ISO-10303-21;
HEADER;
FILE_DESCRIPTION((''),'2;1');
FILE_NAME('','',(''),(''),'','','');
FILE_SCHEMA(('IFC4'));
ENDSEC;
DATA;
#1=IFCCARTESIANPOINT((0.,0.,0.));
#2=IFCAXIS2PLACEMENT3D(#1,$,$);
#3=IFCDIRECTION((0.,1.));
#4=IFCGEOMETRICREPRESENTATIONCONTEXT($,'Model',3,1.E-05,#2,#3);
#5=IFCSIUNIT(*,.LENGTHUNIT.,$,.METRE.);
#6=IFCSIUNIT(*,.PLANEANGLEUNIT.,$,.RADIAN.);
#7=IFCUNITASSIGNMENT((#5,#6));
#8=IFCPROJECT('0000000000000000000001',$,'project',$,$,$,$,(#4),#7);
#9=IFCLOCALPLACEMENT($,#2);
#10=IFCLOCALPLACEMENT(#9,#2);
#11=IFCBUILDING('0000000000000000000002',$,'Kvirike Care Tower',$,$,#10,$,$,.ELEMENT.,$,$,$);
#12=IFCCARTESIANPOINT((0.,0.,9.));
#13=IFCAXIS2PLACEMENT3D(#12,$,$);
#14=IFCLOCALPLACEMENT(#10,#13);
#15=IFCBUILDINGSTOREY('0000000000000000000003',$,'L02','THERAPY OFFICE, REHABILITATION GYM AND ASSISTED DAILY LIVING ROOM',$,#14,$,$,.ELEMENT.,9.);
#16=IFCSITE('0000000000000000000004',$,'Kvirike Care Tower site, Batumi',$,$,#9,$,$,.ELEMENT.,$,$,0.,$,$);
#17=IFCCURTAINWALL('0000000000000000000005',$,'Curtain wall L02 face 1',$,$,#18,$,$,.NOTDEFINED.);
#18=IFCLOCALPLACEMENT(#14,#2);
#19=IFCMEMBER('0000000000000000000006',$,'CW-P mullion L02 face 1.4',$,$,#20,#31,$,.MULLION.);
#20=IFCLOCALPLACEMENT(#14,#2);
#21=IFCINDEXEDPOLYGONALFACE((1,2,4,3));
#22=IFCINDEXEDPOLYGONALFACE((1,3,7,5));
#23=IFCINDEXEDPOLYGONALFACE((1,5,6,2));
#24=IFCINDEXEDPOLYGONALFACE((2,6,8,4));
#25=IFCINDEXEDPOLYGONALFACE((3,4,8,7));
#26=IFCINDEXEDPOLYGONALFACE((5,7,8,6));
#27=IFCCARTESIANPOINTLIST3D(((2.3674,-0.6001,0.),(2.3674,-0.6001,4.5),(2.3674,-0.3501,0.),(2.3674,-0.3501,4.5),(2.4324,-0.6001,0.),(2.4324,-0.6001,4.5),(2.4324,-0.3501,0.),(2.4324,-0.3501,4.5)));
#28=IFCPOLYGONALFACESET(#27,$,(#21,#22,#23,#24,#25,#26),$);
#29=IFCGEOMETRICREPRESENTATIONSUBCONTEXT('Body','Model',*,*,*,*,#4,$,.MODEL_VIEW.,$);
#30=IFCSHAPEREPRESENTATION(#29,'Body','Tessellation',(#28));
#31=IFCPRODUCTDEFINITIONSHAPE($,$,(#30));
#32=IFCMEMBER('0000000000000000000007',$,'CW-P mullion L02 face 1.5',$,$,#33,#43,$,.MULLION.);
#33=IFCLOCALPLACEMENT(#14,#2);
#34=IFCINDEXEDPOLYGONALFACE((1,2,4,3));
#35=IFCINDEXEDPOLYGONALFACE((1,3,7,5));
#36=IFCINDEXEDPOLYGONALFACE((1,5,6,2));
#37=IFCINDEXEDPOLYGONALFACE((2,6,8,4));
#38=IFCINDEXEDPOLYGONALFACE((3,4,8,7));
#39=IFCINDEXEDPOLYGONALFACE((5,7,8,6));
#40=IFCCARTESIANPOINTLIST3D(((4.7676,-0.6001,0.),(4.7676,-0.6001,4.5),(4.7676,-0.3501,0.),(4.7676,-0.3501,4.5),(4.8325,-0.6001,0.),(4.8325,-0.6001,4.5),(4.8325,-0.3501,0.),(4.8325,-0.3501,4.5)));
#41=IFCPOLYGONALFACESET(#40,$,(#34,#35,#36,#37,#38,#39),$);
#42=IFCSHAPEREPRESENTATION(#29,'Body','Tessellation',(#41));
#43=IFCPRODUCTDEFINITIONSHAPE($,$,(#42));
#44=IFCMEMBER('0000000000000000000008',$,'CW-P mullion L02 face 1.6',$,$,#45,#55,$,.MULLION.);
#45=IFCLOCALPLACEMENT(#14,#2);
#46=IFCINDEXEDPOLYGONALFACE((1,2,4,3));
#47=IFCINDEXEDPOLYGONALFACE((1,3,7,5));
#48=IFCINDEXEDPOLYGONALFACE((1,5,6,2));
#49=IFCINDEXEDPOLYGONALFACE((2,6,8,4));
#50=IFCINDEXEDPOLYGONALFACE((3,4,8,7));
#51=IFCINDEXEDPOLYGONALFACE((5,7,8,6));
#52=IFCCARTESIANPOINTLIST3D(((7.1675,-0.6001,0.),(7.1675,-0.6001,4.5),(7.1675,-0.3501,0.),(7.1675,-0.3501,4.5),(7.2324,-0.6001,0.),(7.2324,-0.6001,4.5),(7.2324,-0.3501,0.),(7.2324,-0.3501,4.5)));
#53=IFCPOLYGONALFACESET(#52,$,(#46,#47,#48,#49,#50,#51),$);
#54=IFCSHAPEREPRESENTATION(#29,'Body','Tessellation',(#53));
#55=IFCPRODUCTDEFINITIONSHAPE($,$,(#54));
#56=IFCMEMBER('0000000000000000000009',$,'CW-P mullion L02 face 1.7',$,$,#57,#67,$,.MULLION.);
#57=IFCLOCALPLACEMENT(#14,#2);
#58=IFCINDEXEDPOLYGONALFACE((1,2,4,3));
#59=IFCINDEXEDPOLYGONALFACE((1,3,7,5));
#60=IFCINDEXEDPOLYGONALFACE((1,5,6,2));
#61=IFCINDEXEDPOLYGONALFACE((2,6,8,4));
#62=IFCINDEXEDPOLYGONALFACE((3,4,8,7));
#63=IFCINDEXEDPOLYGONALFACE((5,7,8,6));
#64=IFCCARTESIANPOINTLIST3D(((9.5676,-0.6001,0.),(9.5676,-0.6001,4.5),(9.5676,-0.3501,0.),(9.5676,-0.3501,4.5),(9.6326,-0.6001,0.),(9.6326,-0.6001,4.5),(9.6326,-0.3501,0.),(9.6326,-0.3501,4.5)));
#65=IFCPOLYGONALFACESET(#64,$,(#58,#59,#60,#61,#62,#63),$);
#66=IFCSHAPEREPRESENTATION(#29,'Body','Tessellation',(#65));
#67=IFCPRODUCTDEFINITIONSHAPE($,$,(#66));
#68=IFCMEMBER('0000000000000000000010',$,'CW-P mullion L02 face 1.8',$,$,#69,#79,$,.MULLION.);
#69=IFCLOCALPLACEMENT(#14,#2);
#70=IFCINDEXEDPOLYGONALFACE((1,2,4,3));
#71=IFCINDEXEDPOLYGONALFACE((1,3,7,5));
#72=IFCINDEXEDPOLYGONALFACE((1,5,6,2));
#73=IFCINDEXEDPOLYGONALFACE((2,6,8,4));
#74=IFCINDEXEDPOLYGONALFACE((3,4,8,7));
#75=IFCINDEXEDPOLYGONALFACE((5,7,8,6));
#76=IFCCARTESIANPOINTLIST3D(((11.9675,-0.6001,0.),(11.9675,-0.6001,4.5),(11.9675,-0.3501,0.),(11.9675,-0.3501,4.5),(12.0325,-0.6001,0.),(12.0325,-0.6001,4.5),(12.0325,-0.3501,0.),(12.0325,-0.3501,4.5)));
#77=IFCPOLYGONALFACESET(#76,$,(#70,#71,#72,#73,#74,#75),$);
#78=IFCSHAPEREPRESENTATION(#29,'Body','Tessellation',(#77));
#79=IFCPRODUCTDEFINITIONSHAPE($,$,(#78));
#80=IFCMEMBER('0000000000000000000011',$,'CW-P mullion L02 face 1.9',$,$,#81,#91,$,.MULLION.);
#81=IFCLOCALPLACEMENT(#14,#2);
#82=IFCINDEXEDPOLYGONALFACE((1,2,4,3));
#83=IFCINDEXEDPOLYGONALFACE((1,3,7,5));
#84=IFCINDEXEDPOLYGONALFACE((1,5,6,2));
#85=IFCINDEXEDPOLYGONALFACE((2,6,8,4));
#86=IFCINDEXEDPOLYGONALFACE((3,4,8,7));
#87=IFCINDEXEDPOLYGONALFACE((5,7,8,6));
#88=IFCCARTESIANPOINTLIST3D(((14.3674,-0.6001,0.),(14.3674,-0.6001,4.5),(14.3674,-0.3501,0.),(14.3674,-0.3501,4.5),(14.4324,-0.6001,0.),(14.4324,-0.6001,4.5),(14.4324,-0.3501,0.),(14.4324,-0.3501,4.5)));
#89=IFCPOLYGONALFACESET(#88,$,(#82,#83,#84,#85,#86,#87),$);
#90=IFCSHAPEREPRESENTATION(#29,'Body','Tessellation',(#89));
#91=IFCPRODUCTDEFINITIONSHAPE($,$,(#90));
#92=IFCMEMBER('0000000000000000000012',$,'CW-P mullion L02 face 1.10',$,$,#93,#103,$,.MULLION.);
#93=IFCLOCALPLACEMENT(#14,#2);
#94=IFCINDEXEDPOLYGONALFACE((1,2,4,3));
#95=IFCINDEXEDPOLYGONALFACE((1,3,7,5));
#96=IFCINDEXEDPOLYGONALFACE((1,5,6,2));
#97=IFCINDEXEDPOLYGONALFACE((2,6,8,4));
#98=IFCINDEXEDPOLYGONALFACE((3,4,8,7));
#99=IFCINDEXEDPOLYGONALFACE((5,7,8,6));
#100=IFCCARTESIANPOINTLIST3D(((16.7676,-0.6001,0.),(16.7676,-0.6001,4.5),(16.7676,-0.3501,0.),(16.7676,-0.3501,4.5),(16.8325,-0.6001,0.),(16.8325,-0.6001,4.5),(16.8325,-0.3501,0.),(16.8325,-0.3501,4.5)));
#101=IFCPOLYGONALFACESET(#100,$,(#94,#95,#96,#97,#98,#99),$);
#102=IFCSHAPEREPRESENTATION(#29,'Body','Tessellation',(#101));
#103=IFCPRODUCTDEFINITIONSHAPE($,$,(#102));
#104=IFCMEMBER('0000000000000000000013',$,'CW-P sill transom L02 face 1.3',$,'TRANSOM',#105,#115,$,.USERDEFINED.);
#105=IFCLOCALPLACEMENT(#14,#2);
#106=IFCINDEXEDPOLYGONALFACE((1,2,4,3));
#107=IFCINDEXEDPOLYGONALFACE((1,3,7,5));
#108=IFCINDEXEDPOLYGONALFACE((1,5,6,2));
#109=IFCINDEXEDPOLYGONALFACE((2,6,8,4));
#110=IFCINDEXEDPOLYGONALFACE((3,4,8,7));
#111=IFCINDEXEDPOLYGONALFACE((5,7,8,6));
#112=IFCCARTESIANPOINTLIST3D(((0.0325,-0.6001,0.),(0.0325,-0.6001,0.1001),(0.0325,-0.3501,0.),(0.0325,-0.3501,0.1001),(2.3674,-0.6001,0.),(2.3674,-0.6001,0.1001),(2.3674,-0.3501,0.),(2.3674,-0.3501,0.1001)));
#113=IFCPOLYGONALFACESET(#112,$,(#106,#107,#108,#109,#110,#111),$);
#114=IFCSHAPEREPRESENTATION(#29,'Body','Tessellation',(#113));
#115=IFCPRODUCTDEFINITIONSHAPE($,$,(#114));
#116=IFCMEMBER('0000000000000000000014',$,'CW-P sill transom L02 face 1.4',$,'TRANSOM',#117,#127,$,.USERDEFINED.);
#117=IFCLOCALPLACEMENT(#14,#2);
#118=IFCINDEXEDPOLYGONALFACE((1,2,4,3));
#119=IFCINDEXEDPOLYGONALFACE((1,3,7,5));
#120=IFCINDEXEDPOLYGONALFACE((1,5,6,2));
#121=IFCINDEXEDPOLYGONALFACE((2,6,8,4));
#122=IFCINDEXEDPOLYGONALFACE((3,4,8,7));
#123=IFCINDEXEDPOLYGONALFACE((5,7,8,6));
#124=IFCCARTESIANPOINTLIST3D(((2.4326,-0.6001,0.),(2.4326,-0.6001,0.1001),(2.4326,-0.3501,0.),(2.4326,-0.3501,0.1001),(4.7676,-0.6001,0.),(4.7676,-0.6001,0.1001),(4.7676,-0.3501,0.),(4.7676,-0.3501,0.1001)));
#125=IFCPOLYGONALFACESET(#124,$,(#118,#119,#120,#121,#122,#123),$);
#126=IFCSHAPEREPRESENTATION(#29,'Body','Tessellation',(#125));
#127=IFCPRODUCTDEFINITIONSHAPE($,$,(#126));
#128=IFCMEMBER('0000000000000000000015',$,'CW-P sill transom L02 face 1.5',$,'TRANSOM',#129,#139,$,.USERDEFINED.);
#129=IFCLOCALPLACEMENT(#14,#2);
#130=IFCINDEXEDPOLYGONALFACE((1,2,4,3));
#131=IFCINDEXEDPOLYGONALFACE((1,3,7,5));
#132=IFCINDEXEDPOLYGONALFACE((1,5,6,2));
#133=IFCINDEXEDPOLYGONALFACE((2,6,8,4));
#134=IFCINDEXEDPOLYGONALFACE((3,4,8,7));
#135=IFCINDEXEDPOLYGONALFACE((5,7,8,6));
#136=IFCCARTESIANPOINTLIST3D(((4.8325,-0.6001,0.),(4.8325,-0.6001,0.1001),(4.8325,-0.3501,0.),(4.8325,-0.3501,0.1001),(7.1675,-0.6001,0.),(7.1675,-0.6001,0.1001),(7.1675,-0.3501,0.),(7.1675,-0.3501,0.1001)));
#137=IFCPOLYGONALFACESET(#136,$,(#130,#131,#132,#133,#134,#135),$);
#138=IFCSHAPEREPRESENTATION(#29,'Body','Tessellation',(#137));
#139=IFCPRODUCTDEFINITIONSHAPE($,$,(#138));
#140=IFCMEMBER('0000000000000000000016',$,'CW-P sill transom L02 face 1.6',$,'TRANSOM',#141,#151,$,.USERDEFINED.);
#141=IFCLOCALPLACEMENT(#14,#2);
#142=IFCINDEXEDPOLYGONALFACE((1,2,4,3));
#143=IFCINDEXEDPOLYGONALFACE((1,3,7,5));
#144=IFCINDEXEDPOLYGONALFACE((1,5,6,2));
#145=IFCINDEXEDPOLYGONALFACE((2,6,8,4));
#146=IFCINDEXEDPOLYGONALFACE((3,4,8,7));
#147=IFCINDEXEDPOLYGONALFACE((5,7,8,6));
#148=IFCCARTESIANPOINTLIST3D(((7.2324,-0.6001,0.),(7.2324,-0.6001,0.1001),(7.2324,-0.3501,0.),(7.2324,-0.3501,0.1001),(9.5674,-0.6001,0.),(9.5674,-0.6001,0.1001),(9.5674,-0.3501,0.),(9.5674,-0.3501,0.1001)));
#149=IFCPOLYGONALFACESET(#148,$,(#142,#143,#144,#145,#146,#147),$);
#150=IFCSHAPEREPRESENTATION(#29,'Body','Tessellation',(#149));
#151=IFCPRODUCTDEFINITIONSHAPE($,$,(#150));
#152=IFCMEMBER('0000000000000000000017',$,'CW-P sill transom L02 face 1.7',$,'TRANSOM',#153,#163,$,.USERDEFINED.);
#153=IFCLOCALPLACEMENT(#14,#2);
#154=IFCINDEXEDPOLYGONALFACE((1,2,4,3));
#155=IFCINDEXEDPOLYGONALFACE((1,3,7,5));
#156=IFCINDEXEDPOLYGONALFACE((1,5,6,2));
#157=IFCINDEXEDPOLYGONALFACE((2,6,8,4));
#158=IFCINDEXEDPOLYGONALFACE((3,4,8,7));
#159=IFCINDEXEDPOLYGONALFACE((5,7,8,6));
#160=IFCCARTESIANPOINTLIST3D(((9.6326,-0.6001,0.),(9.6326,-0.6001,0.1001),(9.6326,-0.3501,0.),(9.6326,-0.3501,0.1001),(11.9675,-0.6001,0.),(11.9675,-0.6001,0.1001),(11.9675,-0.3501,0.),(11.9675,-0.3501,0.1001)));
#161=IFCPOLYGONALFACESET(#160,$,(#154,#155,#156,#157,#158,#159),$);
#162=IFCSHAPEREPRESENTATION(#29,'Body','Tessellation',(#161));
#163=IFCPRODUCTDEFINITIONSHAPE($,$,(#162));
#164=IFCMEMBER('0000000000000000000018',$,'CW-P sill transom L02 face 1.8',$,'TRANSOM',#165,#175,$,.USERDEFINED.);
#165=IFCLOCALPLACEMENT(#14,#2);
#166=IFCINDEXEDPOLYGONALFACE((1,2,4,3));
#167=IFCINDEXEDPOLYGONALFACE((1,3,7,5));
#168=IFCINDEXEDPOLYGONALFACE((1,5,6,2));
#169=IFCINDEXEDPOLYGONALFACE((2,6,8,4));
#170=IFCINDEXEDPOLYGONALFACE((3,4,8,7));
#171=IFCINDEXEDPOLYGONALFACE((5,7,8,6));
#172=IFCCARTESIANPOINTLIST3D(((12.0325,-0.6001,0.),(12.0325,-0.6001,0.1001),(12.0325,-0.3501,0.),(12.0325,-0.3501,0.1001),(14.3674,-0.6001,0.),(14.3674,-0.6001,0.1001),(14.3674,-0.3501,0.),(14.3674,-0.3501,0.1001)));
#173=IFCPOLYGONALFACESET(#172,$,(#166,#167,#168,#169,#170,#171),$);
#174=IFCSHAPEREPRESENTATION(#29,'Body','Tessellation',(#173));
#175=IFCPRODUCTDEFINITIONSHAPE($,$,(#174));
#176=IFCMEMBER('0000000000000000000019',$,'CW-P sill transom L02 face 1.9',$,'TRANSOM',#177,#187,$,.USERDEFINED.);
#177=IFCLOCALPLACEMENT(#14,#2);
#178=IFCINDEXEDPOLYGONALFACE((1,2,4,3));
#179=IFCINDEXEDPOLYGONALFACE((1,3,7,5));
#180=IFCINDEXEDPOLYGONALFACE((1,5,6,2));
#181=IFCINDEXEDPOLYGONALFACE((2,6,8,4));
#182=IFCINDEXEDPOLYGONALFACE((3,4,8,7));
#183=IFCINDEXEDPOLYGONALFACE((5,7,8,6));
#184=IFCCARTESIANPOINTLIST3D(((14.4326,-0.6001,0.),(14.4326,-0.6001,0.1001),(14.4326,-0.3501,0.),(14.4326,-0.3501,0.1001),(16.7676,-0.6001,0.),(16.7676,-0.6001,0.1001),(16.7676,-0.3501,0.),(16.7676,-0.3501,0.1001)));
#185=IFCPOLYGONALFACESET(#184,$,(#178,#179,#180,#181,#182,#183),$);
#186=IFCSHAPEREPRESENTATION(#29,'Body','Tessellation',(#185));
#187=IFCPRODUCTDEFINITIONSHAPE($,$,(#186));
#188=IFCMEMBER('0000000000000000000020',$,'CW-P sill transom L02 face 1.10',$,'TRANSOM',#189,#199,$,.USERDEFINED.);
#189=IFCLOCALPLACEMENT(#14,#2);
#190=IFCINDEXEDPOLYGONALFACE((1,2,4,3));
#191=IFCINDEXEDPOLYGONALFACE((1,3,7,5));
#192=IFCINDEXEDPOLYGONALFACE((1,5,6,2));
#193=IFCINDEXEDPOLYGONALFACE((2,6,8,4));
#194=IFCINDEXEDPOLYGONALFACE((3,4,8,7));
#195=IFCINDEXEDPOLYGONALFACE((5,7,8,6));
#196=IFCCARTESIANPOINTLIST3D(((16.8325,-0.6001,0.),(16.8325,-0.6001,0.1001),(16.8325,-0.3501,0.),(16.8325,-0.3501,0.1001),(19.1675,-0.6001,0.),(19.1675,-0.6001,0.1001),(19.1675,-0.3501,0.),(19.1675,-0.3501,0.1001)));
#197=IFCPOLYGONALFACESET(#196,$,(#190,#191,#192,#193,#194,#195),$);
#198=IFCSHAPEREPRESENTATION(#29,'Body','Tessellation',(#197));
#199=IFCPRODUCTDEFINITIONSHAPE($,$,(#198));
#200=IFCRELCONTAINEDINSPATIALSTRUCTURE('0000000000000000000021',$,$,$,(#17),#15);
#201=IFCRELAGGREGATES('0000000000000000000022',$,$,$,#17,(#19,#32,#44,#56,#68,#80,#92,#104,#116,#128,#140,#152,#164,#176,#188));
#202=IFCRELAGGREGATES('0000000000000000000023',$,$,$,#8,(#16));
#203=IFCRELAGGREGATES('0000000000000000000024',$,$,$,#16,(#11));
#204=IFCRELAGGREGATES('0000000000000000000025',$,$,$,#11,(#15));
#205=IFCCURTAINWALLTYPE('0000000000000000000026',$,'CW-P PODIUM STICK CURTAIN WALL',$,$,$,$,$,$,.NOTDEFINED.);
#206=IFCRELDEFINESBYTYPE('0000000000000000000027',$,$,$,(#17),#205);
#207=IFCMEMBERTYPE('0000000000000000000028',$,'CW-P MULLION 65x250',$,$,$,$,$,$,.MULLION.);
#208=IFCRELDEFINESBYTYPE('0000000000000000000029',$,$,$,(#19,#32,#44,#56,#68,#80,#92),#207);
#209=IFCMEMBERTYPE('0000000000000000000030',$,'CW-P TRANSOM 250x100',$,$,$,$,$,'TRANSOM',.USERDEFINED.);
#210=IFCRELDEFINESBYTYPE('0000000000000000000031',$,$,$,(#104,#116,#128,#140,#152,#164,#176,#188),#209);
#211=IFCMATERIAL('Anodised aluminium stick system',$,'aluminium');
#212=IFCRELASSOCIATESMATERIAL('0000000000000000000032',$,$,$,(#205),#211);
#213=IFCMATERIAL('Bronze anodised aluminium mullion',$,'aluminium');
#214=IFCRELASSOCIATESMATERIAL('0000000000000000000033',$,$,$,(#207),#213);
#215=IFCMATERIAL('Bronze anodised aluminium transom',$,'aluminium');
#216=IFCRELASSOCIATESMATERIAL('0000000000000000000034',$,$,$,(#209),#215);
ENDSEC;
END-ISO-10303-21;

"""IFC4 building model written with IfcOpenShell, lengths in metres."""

from ifc_helpers import new_model, si_unit, direction, frame, origin, origin_2d, place, context, subcontext, project, spatial, rectangle, extrude, material, material_profile, profile_set, type_object, element, aggregate, save


model = new_model("IFC4")

# Units and contexts
model_context = context("Model", 3, precision=1e-05, world=origin(), true_north=direction((0.0, 1.0)))
body_context = subcontext(model_context, "Body", "Model", "MODEL_VIEW")
ifc_project = project(units=[si_unit("LENGTHUNIT", "METRE"), si_unit("PLANEANGLEUNIT", "RADIAN")], contexts=[model_context])

# Site, building, storey
site_placement = place(None, origin())
site = spatial("IfcSite", under=ifc_project, at=site_placement, Name="Kvirike Care Tower site, Batumi", CompositionType="ELEMENT", RefElevation=0.0)
building_placement = place(site_placement, origin())
building = spatial("IfcBuilding", under=site, at=building_placement, Name="Kvirike Care Tower", CompositionType="ELEMENT")
storey_placement = place(building_placement, frame((0.0, 0.0, 9.0)))
storey = spatial("IfcBuildingStorey", under=building, at=storey_placement, Name="L02", Description="THERAPY OFFICE, REHABILITATION GYM AND ASSISTED DAILY LIVING ROOM", CompositionType="ELEMENT", Elevation=9.0)

# Curtain wall, members
ifc_material_1 = material(Name="Anodised aluminium stick system", Category="aluminium")
curtain_wall_type = type_object("IfcCurtainWallType", Name="CW-P PODIUM STICK CURTAIN WALL", PredefinedType="NOTDEFINED", material=ifc_material_1)
curtain_wall_placement = place(storey_placement, origin())
curtain_wall = element("IfcCurtainWall", 1, at=curtain_wall_placement, inside=storey, type_object=curtain_wall_type, Name="Curtain wall L02 face 1", PredefinedType="NOTDEFINED")
ifc_material_2 = material(Name="Bronze anodised aluminium mullion", Category="aluminium")
ifc_material_profile_1 = material_profile(ifc_material_2, rectangle(XDim=0.0649, YDim=0.25, at=origin_2d()), Name="CW-P MULLION 65x250")
ifc_profile_set_1 = profile_set([ifc_material_profile_1], Name="Bronze anodised aluminium mullion")
member_type_1 = type_object("IfcMemberType", Name="CW-P MULLION 65x250", PredefinedType="MULLION", material=ifc_profile_set_1)
member_1_placement = place(storey_placement, frame((2.3999, -0.4751, 0.0), z_axis=(0.0, 0.0, 1.0), x_axis=(1.0, 0.0, 0.0)))
member_1 = element("IfcMember", 2, at=member_1_placement, type_object=member_type_1, Name="CW-P mullion L02 face 1.4", PredefinedType="MULLION", context=body_context, shape_type="SweptSolid", body=[
    extrude(rectangle(XDim=0.0649, YDim=0.25, at=origin_2d()), origin(), (0.0, 0.0, 1.0), 4.5),
])
member_2_placement = place(storey_placement, frame((4.8, -0.4751, 0.0), z_axis=(0.0, 0.0, 1.0), x_axis=(1.0, 0.0, 0.0)))
member_2 = element("IfcMember", 3, at=member_2_placement, type_object=member_type_1, Name="CW-P mullion L02 face 1.5", PredefinedType="MULLION", context=body_context, shape_type="SweptSolid", body=[
    extrude(rectangle(XDim=0.0649, YDim=0.25, at=origin_2d()), origin(), (0.0, 0.0, 1.0), 4.5),
])
member_3_placement = place(storey_placement, frame((7.2, -0.4751, 0.0), z_axis=(0.0, 0.0, 1.0), x_axis=(1.0, 0.0, 0.0)))
member_3 = element("IfcMember", 4, at=member_3_placement, type_object=member_type_1, Name="CW-P mullion L02 face 1.6", PredefinedType="MULLION", context=body_context, shape_type="SweptSolid", body=[
    extrude(rectangle(XDim=0.0649, YDim=0.25, at=origin_2d()), origin(), (0.0, 0.0, 1.0), 4.5),
])
member_4_placement = place(storey_placement, frame((9.6001, -0.4751, 0.0), z_axis=(0.0, 0.0, 1.0), x_axis=(1.0, 0.0, 0.0)))
member_4 = element("IfcMember", 5, at=member_4_placement, type_object=member_type_1, Name="CW-P mullion L02 face 1.7", PredefinedType="MULLION", context=body_context, shape_type="SweptSolid", body=[
    extrude(rectangle(XDim=0.0649, YDim=0.25, at=origin_2d()), origin(), (0.0, 0.0, 1.0), 4.5),
])
member_5_placement = place(storey_placement, frame((12.0, -0.4751, 0.0), z_axis=(0.0, 0.0, 1.0), x_axis=(1.0, 0.0, 0.0)))
member_5 = element("IfcMember", 6, at=member_5_placement, type_object=member_type_1, Name="CW-P mullion L02 face 1.8", PredefinedType="MULLION", context=body_context, shape_type="SweptSolid", body=[
    extrude(rectangle(XDim=0.0649, YDim=0.25, at=origin_2d()), origin(), (0.0, 0.0, 1.0), 4.5),
])
member_6_placement = place(storey_placement, frame((14.3999, -0.4751, 0.0), z_axis=(0.0, 0.0, 1.0), x_axis=(1.0, 0.0, 0.0)))
member_6 = element("IfcMember", 7, at=member_6_placement, type_object=member_type_1, Name="CW-P mullion L02 face 1.9", PredefinedType="MULLION", context=body_context, shape_type="SweptSolid", body=[
    extrude(rectangle(XDim=0.0649, YDim=0.25, at=origin_2d()), origin(), (0.0, 0.0, 1.0), 4.5),
])
member_7_placement = place(storey_placement, frame((16.8, -0.4751, 0.0), z_axis=(0.0, 0.0, 1.0), x_axis=(1.0, 0.0, 0.0)))
member_7 = element("IfcMember", 8, at=member_7_placement, type_object=member_type_1, Name="CW-P mullion L02 face 1.10", PredefinedType="MULLION", context=body_context, shape_type="SweptSolid", body=[
    extrude(rectangle(XDim=0.0649, YDim=0.25, at=origin_2d()), origin(), (0.0, 0.0, 1.0), 4.5),
])
ifc_material_3 = material(Name="Bronze anodised aluminium transom", Category="aluminium")
ifc_material_profile_2 = material_profile(ifc_material_3, rectangle(XDim=0.25, YDim=0.1001, at=origin_2d()), Name="CW-P TRANSOM 250x100")
ifc_profile_set_2 = profile_set([ifc_material_profile_2], Name="Bronze anodised aluminium transom")
member_type_2 = type_object("IfcMemberType", Name="CW-P TRANSOM 250x100", ElementType="TRANSOM", PredefinedType="USERDEFINED", material=ifc_profile_set_2)
member_8_placement = place(storey_placement, frame((0.0325, -0.4751, 0.05), z_axis=(1.0, 0.0, 0.0), x_axis=(0.0, 1.0, 0.0)))
member_8 = element("IfcMember", 9, at=member_8_placement, type_object=member_type_2, Name="CW-P sill transom L02 face 1.3", ObjectType="TRANSOM", PredefinedType="USERDEFINED", context=body_context, shape_type="SweptSolid", body=[
    extrude(rectangle(XDim=0.25, YDim=0.1001, at=origin_2d()), origin(), (0.0, 0.0, 1.0), 2.335),
])
member_9_placement = place(storey_placement, frame((2.4326, -0.4751, 0.05), z_axis=(1.0, 0.0, 0.0), x_axis=(0.0, 1.0, 0.0)))
member_9 = element("IfcMember", 10, at=member_9_placement, type_object=member_type_2, Name="CW-P sill transom L02 face 1.4", ObjectType="TRANSOM", PredefinedType="USERDEFINED", context=body_context, shape_type="SweptSolid", body=[
    extrude(rectangle(XDim=0.25, YDim=0.1001, at=origin_2d()), origin(), (0.0, 0.0, 1.0), 2.335),
])
member_10_placement = place(storey_placement, frame((4.8325, -0.4751, 0.05), z_axis=(1.0, 0.0, 0.0), x_axis=(0.0, 1.0, 0.0)))
member_10 = element("IfcMember", 11, at=member_10_placement, type_object=member_type_2, Name="CW-P sill transom L02 face 1.5", ObjectType="TRANSOM", PredefinedType="USERDEFINED", context=body_context, shape_type="SweptSolid", body=[
    extrude(rectangle(XDim=0.25, YDim=0.1001, at=origin_2d()), origin(), (0.0, 0.0, 1.0), 2.335),
])
member_11_placement = place(storey_placement, frame((7.2324, -0.4751, 0.05), z_axis=(1.0, 0.0, 0.0), x_axis=(0.0, 1.0, 0.0)))
member_11 = element("IfcMember", 12, at=member_11_placement, type_object=member_type_2, Name="CW-P sill transom L02 face 1.6", ObjectType="TRANSOM", PredefinedType="USERDEFINED", context=body_context, shape_type="SweptSolid", body=[
    extrude(rectangle(XDim=0.25, YDim=0.1001, at=origin_2d()), origin(), (0.0, 0.0, 1.0), 2.335),
])
member_12_placement = place(storey_placement, frame((9.6326, -0.4751, 0.05), z_axis=(1.0, 0.0, 0.0), x_axis=(0.0, 1.0, 0.0)))
member_12 = element("IfcMember", 13, at=member_12_placement, type_object=member_type_2, Name="CW-P sill transom L02 face 1.7", ObjectType="TRANSOM", PredefinedType="USERDEFINED", context=body_context, shape_type="SweptSolid", body=[
    extrude(rectangle(XDim=0.25, YDim=0.1001, at=origin_2d()), origin(), (0.0, 0.0, 1.0), 2.335),
])
member_13_placement = place(storey_placement, frame((12.0325, -0.4751, 0.05), z_axis=(1.0, 0.0, 0.0), x_axis=(0.0, 1.0, 0.0)))
member_13 = element("IfcMember", 14, at=member_13_placement, type_object=member_type_2, Name="CW-P sill transom L02 face 1.8", ObjectType="TRANSOM", PredefinedType="USERDEFINED", context=body_context, shape_type="SweptSolid", body=[
    extrude(rectangle(XDim=0.25, YDim=0.1001, at=origin_2d()), origin(), (0.0, 0.0, 1.0), 2.335),
])
member_14_placement = place(storey_placement, frame((14.4326, -0.4751, 0.05), z_axis=(1.0, 0.0, 0.0), x_axis=(0.0, 1.0, 0.0)))
member_14 = element("IfcMember", 15, at=member_14_placement, type_object=member_type_2, Name="CW-P sill transom L02 face 1.9", ObjectType="TRANSOM", PredefinedType="USERDEFINED", context=body_context, shape_type="SweptSolid", body=[
    extrude(rectangle(XDim=0.25, YDim=0.1001, at=origin_2d()), origin(), (0.0, 0.0, 1.0), 2.335),
])
member_15_placement = place(storey_placement, frame((16.8325, -0.4751, 0.05), z_axis=(1.0, 0.0, 0.0), x_axis=(0.0, 1.0, 0.0)))
member_15 = element("IfcMember", 16, at=member_15_placement, type_object=member_type_2, Name="CW-P sill transom L02 face 1.10", ObjectType="TRANSOM", PredefinedType="USERDEFINED", context=body_context, shape_type="SweptSolid", body=[
    extrude(rectangle(XDim=0.25, YDim=0.1001, at=origin_2d()), origin(), (0.0, 0.0, 1.0), 2.335),
])
aggregate(curtain_wall, [member_1, member_2, member_3, member_4, member_5, member_6, member_7, member_8, member_9, member_10, member_11, member_12, member_13, member_14, member_15])

save(model, "model.ifc")
